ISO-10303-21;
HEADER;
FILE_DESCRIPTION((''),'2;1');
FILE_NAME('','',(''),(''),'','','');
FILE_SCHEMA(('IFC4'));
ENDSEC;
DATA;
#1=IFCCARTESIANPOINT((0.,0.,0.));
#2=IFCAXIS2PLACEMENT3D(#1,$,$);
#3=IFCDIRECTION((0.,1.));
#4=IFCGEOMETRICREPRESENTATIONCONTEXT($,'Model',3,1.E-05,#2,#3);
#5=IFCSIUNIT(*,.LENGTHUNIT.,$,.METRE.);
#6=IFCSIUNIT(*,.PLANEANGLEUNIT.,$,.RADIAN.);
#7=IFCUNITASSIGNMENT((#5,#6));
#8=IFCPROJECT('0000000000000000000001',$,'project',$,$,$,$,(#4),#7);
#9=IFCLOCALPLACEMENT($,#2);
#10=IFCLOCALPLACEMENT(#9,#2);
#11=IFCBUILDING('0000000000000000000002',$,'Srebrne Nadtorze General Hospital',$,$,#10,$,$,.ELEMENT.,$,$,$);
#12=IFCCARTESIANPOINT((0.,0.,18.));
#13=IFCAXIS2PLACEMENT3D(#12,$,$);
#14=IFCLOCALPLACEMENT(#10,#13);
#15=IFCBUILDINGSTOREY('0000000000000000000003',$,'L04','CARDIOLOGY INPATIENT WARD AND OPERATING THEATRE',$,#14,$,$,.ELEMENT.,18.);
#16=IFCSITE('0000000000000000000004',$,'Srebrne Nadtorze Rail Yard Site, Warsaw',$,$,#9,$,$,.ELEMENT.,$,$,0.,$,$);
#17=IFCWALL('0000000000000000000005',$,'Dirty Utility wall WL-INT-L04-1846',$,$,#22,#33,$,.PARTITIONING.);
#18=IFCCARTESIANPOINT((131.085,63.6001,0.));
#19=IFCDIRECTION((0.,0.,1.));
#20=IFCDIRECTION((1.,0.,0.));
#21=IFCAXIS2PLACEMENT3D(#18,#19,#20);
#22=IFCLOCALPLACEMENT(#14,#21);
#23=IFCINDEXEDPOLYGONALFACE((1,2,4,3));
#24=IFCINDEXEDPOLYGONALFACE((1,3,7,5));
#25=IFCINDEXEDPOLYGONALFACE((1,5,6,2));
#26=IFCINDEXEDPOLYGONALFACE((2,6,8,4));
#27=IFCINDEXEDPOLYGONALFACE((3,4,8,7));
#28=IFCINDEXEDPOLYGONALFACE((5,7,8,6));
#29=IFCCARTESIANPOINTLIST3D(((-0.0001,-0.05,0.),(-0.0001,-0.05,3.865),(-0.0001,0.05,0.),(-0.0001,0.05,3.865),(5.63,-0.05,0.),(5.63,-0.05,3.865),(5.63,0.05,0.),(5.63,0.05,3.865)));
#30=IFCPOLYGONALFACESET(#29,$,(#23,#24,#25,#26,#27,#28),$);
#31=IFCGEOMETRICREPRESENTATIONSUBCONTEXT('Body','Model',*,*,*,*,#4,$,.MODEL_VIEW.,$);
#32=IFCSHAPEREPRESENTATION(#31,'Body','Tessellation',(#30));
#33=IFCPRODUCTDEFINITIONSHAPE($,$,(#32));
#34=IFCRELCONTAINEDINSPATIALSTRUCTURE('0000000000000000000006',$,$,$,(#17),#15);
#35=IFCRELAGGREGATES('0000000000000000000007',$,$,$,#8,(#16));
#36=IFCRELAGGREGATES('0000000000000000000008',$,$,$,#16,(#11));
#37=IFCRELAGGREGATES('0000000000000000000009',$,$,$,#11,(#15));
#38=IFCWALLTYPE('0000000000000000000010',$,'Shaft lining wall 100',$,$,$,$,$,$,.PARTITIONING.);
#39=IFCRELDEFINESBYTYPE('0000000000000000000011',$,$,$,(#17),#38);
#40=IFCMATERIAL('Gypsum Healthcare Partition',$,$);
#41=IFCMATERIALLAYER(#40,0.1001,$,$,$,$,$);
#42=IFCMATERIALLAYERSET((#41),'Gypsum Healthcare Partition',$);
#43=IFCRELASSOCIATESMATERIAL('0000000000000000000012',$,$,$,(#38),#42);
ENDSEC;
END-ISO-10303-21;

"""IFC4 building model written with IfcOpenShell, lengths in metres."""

from ifc_helpers import new_model, si_unit, direction, frame, frame_2d, origin, place, context, subcontext, project, spatial, rectangle, extrude, material, layer, layer_set, type_object, element, save


model = new_model("IFC4")

# Units and contexts
model_context = context("Model", 3, precision=1e-05, world=origin(), true_north=direction((0.0, 1.0)))
body_context = subcontext(model_context, "Body", "Model", "MODEL_VIEW")
ifc_project = project(units=[si_unit("LENGTHUNIT", "METRE"), si_unit("PLANEANGLEUNIT", "RADIAN")], contexts=[model_context])

# Site, building, storey
site_placement = place(None, origin())
site = spatial("IfcSite", under=ifc_project, at=site_placement, Name="Srebrne Nadtorze Rail Yard Site, Warsaw", CompositionType="ELEMENT", RefElevation=0.0)
building_placement = place(site_placement, origin())
building = spatial("IfcBuilding", under=site, at=building_placement, Name="Srebrne Nadtorze General Hospital", CompositionType="ELEMENT")
storey_placement = place(building_placement, frame((0.0, 0.0, 18.0)))
storey = spatial("IfcBuildingStorey", under=building, at=storey_placement, Name="L04", Description="CARDIOLOGY INPATIENT WARD AND OPERATING THEATRE", CompositionType="ELEMENT", Elevation=18.0)

# Wall
ifc_material_1 = material(Name="Gypsum Healthcare Partition")
ifc_layer_1 = layer(ifc_material_1, 0.1001)
ifc_layer_set_1 = layer_set([ifc_layer_1], Name="Gypsum Healthcare Partition")
wall_type_1 = type_object("IfcWallType", Name="Shaft lining wall 100", PredefinedType="PARTITIONING", material=ifc_layer_set_1)
wall_1_placement = place(storey_placement, frame((131.085, 63.6001, 0.0), z_axis=(0.0, 0.0, 1.0), x_axis=(1.0, 0.0, 0.0)))
element("IfcWall", 1, at=wall_1_placement, inside=storey, type_object=wall_type_1, Name="Dirty Utility wall WL-INT-L04-1846", PredefinedType="PARTITIONING", context=body_context, shape_type="SweptSolid", body=[
    extrude(rectangle(XDim=5.6301, YDim=0.1001, at=frame_2d((2.8149, 0.0))), origin(), (0.0, 0.0, 1.0), 3.865),
])

save(model, "model.ifc")
